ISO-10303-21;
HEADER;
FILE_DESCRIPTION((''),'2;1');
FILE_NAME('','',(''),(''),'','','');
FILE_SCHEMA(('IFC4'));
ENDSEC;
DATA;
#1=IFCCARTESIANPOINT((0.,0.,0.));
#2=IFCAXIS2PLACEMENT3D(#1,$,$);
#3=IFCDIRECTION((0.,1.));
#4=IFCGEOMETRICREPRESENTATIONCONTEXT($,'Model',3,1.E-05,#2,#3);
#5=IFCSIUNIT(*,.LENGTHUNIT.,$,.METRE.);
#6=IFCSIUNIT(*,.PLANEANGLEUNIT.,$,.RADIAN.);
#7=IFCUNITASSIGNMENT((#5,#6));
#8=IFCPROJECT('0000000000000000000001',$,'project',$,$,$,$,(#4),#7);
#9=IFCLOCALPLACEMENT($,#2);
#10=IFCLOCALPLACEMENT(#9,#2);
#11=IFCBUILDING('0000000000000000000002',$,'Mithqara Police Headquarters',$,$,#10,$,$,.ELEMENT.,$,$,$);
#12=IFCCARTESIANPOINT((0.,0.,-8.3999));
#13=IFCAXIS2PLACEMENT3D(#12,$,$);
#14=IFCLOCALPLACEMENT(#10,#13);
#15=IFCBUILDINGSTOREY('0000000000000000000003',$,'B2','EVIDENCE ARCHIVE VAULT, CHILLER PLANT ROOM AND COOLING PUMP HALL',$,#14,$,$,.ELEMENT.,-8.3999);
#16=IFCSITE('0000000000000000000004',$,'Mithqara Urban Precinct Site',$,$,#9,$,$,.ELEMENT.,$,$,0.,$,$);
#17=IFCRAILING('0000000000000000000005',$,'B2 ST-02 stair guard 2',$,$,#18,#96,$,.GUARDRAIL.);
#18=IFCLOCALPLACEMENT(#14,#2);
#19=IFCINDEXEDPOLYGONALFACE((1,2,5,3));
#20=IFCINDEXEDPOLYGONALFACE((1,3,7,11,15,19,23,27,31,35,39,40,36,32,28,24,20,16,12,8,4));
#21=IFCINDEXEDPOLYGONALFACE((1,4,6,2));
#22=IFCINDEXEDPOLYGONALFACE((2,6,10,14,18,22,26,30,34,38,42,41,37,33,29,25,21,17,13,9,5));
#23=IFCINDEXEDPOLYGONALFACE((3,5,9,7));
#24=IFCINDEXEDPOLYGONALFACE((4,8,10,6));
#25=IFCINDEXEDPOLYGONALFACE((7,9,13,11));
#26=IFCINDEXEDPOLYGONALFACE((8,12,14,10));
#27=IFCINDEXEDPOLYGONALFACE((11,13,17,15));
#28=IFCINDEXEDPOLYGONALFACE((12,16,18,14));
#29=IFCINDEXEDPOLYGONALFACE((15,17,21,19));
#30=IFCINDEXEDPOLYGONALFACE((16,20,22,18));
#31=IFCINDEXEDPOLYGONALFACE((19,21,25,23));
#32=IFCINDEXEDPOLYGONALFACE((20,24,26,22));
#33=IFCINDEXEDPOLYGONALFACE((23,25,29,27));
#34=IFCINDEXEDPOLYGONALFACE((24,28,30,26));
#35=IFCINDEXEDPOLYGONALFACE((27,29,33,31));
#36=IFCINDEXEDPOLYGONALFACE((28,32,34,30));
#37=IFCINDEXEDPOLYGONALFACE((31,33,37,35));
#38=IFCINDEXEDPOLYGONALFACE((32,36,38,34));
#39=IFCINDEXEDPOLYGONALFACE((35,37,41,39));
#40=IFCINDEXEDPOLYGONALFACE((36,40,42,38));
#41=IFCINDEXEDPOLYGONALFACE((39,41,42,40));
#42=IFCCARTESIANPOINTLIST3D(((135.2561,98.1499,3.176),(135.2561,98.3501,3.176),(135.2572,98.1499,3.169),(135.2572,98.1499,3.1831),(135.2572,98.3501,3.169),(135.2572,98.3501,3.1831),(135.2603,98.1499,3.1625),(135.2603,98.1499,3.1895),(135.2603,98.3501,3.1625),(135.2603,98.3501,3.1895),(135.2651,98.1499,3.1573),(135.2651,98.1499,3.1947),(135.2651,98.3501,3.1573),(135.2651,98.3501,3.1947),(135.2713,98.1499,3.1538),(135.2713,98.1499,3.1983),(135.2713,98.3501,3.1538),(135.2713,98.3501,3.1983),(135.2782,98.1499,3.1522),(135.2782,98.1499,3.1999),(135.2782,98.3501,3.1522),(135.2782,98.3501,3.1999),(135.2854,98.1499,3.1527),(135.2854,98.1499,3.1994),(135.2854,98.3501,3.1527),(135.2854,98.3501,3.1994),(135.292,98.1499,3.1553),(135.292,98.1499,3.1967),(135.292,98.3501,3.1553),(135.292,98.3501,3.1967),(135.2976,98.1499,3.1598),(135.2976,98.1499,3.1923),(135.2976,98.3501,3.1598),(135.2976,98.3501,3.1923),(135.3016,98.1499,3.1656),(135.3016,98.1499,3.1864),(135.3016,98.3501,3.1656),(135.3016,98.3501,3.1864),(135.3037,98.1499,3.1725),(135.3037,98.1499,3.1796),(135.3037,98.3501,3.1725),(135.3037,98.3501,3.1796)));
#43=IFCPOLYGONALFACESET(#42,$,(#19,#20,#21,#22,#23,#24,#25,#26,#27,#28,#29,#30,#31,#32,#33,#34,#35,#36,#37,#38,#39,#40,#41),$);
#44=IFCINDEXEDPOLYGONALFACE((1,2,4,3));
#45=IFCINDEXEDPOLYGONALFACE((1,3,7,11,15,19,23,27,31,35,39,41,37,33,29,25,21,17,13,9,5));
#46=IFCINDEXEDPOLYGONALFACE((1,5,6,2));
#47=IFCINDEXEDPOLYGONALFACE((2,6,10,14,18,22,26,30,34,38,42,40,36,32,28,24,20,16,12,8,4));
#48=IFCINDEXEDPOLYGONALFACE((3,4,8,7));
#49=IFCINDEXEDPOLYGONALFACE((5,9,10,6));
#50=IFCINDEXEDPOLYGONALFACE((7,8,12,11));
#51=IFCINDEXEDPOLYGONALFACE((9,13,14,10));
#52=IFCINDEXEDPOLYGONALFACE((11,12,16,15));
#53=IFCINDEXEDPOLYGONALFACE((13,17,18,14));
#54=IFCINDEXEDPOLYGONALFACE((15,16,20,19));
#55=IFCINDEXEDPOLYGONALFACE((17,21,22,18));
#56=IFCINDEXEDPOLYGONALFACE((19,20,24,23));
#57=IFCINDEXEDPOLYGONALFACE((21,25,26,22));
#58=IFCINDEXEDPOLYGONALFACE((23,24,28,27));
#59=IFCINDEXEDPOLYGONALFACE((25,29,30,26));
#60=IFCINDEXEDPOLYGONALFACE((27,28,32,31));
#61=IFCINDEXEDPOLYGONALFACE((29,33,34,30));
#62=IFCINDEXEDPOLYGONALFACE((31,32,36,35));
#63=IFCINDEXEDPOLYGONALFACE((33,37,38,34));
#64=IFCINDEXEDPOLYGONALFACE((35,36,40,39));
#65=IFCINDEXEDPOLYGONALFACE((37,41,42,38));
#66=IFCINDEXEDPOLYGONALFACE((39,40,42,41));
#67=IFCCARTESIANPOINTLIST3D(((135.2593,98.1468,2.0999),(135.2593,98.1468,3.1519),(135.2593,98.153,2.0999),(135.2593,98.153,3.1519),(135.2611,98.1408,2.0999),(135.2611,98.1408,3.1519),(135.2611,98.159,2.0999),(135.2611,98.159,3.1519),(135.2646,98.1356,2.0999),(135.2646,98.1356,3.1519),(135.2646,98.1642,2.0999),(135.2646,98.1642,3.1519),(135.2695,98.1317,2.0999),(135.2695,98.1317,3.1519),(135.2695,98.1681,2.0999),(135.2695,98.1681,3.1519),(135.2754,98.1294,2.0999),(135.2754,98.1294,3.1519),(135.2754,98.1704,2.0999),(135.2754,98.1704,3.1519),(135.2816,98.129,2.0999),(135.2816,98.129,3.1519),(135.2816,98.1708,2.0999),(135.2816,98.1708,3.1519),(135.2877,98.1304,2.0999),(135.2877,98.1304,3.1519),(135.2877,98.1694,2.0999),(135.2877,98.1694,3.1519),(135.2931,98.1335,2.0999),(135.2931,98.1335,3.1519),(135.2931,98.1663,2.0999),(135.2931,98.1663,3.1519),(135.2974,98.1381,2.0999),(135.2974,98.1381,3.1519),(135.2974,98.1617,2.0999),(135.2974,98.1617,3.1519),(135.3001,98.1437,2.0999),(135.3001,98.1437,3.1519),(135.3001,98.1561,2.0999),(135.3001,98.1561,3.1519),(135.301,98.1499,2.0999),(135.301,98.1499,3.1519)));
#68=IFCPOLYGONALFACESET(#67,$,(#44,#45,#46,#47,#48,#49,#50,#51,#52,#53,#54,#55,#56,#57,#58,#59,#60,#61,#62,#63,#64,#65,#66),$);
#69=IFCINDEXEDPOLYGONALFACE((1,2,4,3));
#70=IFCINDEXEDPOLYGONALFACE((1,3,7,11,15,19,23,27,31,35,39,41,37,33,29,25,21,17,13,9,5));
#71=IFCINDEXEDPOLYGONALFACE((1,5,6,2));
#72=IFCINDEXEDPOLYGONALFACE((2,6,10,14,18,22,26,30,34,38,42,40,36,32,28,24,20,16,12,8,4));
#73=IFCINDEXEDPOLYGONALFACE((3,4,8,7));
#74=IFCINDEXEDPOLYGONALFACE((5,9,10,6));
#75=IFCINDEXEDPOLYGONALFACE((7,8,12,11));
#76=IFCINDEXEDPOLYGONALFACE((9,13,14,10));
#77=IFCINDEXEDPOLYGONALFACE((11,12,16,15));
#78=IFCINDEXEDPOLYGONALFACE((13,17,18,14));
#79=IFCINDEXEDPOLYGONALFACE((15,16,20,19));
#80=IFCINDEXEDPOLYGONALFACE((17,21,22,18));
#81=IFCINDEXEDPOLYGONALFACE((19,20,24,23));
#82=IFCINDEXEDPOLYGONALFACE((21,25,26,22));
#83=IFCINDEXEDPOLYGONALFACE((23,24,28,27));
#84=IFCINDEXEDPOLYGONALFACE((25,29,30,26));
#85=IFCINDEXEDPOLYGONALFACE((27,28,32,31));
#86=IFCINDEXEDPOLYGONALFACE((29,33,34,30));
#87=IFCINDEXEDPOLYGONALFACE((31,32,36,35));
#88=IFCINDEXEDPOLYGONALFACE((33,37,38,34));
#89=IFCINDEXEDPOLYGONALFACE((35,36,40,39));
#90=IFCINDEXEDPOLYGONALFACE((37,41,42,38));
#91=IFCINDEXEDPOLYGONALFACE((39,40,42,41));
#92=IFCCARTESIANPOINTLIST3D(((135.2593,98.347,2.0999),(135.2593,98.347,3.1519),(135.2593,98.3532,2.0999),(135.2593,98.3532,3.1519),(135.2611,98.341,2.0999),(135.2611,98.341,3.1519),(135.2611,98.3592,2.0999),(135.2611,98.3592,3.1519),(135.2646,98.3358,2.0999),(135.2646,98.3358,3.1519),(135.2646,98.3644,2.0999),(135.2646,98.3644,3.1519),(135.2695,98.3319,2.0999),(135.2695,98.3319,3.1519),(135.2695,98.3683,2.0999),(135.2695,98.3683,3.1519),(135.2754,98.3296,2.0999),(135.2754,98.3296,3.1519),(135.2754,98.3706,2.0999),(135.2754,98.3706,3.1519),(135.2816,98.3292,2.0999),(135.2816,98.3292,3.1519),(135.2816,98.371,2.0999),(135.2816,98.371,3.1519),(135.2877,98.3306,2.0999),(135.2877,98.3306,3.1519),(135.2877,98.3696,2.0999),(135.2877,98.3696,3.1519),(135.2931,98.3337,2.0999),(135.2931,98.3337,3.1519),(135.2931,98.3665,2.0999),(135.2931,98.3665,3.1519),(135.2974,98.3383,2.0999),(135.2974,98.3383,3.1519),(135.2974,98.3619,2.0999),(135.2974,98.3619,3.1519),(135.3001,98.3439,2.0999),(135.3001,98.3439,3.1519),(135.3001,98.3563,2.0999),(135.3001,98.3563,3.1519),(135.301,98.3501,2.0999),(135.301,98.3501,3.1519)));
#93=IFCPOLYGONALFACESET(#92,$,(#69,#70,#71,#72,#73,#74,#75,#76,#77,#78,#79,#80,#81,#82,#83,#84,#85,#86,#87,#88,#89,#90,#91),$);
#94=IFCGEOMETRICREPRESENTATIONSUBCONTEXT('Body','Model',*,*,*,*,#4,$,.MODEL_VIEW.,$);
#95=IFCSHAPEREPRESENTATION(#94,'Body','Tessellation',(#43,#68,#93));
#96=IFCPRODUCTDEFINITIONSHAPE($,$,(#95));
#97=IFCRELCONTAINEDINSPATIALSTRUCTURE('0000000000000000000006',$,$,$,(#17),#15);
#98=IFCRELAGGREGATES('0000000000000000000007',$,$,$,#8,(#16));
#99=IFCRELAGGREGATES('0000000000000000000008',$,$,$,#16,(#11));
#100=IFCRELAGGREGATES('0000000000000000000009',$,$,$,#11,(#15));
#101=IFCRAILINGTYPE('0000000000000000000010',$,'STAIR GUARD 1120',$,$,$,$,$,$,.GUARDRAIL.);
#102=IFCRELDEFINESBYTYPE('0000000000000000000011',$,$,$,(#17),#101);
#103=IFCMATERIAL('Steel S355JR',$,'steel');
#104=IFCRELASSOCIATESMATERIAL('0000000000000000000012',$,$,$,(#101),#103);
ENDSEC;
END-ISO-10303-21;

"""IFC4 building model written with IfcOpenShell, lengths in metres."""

from ifc_helpers import new_model, si_unit, direction, frame, origin, origin_2d, place, context, subcontext, project, spatial, circle, extrude, material, type_object, element, save


model = new_model("IFC4")

# Units and contexts
model_context = context("Model", 3, precision=1e-05, world=origin(), true_north=direction((0.0, 1.0)))
body_context = subcontext(model_context, "Body", "Model", "MODEL_VIEW")
ifc_project = project(units=[si_unit("LENGTHUNIT", "METRE"), si_unit("PLANEANGLEUNIT", "RADIAN")], contexts=[model_context])

# Site, building, storey
site_placement = place(None, origin())
site = spatial("IfcSite", under=ifc_project, at=site_placement, Name="Mithqara Urban Precinct Site", CompositionType="ELEMENT", RefElevation=0.0)
building_placement = place(site_placement, origin())
building = spatial("IfcBuilding", under=site, at=building_placement, Name="Mithqara Police Headquarters", CompositionType="ELEMENT")
storey_placement = place(building_placement, frame((0.0, 0.0, -8.3999)))
storey = spatial("IfcBuildingStorey", under=building, at=storey_placement, Name="B2", Description="EVIDENCE ARCHIVE VAULT, CHILLER PLANT ROOM AND COOLING PUMP HALL", CompositionType="ELEMENT", Elevation=-8.3999)

# Shared definitions
ifc_material_1 = material(Name="Steel S355JR", Category="steel")

# Railing
railing_type = type_object("IfcRailingType", Name="STAIR GUARD 1120", PredefinedType="GUARDRAIL", material=ifc_material_1)
railing_1_placement = place(storey_placement, frame((135.28, 98.1499, 2.0999)))
element("IfcRailing", 1, at=railing_1_placement, inside=storey, type_object=railing_type, Name="B2 ST-02 stair guard 2", PredefinedType="GUARDRAIL", context=body_context, shape_type="SweptSolid", body=[
    extrude(circle(Radius=0.0239, at=origin_2d()), frame((0.0, 0.0, 1.0762), z_axis=(0.0, 1.0, 0.0), x_axis=(-1.0, 0.0, 0.0)), (0.0, 0.0, 1.0), 0.2002),
    extrude(circle(Radius=0.021, at=origin_2d()), origin(), (0.0, 0.0, 1.0), 1.052),
    extrude(circle(Radius=0.021, at=origin_2d()), frame((0.0, 0.2002, 0.0)), (0.0, 0.0, 1.0), 1.052),
])

save(model, "model.ifc")
